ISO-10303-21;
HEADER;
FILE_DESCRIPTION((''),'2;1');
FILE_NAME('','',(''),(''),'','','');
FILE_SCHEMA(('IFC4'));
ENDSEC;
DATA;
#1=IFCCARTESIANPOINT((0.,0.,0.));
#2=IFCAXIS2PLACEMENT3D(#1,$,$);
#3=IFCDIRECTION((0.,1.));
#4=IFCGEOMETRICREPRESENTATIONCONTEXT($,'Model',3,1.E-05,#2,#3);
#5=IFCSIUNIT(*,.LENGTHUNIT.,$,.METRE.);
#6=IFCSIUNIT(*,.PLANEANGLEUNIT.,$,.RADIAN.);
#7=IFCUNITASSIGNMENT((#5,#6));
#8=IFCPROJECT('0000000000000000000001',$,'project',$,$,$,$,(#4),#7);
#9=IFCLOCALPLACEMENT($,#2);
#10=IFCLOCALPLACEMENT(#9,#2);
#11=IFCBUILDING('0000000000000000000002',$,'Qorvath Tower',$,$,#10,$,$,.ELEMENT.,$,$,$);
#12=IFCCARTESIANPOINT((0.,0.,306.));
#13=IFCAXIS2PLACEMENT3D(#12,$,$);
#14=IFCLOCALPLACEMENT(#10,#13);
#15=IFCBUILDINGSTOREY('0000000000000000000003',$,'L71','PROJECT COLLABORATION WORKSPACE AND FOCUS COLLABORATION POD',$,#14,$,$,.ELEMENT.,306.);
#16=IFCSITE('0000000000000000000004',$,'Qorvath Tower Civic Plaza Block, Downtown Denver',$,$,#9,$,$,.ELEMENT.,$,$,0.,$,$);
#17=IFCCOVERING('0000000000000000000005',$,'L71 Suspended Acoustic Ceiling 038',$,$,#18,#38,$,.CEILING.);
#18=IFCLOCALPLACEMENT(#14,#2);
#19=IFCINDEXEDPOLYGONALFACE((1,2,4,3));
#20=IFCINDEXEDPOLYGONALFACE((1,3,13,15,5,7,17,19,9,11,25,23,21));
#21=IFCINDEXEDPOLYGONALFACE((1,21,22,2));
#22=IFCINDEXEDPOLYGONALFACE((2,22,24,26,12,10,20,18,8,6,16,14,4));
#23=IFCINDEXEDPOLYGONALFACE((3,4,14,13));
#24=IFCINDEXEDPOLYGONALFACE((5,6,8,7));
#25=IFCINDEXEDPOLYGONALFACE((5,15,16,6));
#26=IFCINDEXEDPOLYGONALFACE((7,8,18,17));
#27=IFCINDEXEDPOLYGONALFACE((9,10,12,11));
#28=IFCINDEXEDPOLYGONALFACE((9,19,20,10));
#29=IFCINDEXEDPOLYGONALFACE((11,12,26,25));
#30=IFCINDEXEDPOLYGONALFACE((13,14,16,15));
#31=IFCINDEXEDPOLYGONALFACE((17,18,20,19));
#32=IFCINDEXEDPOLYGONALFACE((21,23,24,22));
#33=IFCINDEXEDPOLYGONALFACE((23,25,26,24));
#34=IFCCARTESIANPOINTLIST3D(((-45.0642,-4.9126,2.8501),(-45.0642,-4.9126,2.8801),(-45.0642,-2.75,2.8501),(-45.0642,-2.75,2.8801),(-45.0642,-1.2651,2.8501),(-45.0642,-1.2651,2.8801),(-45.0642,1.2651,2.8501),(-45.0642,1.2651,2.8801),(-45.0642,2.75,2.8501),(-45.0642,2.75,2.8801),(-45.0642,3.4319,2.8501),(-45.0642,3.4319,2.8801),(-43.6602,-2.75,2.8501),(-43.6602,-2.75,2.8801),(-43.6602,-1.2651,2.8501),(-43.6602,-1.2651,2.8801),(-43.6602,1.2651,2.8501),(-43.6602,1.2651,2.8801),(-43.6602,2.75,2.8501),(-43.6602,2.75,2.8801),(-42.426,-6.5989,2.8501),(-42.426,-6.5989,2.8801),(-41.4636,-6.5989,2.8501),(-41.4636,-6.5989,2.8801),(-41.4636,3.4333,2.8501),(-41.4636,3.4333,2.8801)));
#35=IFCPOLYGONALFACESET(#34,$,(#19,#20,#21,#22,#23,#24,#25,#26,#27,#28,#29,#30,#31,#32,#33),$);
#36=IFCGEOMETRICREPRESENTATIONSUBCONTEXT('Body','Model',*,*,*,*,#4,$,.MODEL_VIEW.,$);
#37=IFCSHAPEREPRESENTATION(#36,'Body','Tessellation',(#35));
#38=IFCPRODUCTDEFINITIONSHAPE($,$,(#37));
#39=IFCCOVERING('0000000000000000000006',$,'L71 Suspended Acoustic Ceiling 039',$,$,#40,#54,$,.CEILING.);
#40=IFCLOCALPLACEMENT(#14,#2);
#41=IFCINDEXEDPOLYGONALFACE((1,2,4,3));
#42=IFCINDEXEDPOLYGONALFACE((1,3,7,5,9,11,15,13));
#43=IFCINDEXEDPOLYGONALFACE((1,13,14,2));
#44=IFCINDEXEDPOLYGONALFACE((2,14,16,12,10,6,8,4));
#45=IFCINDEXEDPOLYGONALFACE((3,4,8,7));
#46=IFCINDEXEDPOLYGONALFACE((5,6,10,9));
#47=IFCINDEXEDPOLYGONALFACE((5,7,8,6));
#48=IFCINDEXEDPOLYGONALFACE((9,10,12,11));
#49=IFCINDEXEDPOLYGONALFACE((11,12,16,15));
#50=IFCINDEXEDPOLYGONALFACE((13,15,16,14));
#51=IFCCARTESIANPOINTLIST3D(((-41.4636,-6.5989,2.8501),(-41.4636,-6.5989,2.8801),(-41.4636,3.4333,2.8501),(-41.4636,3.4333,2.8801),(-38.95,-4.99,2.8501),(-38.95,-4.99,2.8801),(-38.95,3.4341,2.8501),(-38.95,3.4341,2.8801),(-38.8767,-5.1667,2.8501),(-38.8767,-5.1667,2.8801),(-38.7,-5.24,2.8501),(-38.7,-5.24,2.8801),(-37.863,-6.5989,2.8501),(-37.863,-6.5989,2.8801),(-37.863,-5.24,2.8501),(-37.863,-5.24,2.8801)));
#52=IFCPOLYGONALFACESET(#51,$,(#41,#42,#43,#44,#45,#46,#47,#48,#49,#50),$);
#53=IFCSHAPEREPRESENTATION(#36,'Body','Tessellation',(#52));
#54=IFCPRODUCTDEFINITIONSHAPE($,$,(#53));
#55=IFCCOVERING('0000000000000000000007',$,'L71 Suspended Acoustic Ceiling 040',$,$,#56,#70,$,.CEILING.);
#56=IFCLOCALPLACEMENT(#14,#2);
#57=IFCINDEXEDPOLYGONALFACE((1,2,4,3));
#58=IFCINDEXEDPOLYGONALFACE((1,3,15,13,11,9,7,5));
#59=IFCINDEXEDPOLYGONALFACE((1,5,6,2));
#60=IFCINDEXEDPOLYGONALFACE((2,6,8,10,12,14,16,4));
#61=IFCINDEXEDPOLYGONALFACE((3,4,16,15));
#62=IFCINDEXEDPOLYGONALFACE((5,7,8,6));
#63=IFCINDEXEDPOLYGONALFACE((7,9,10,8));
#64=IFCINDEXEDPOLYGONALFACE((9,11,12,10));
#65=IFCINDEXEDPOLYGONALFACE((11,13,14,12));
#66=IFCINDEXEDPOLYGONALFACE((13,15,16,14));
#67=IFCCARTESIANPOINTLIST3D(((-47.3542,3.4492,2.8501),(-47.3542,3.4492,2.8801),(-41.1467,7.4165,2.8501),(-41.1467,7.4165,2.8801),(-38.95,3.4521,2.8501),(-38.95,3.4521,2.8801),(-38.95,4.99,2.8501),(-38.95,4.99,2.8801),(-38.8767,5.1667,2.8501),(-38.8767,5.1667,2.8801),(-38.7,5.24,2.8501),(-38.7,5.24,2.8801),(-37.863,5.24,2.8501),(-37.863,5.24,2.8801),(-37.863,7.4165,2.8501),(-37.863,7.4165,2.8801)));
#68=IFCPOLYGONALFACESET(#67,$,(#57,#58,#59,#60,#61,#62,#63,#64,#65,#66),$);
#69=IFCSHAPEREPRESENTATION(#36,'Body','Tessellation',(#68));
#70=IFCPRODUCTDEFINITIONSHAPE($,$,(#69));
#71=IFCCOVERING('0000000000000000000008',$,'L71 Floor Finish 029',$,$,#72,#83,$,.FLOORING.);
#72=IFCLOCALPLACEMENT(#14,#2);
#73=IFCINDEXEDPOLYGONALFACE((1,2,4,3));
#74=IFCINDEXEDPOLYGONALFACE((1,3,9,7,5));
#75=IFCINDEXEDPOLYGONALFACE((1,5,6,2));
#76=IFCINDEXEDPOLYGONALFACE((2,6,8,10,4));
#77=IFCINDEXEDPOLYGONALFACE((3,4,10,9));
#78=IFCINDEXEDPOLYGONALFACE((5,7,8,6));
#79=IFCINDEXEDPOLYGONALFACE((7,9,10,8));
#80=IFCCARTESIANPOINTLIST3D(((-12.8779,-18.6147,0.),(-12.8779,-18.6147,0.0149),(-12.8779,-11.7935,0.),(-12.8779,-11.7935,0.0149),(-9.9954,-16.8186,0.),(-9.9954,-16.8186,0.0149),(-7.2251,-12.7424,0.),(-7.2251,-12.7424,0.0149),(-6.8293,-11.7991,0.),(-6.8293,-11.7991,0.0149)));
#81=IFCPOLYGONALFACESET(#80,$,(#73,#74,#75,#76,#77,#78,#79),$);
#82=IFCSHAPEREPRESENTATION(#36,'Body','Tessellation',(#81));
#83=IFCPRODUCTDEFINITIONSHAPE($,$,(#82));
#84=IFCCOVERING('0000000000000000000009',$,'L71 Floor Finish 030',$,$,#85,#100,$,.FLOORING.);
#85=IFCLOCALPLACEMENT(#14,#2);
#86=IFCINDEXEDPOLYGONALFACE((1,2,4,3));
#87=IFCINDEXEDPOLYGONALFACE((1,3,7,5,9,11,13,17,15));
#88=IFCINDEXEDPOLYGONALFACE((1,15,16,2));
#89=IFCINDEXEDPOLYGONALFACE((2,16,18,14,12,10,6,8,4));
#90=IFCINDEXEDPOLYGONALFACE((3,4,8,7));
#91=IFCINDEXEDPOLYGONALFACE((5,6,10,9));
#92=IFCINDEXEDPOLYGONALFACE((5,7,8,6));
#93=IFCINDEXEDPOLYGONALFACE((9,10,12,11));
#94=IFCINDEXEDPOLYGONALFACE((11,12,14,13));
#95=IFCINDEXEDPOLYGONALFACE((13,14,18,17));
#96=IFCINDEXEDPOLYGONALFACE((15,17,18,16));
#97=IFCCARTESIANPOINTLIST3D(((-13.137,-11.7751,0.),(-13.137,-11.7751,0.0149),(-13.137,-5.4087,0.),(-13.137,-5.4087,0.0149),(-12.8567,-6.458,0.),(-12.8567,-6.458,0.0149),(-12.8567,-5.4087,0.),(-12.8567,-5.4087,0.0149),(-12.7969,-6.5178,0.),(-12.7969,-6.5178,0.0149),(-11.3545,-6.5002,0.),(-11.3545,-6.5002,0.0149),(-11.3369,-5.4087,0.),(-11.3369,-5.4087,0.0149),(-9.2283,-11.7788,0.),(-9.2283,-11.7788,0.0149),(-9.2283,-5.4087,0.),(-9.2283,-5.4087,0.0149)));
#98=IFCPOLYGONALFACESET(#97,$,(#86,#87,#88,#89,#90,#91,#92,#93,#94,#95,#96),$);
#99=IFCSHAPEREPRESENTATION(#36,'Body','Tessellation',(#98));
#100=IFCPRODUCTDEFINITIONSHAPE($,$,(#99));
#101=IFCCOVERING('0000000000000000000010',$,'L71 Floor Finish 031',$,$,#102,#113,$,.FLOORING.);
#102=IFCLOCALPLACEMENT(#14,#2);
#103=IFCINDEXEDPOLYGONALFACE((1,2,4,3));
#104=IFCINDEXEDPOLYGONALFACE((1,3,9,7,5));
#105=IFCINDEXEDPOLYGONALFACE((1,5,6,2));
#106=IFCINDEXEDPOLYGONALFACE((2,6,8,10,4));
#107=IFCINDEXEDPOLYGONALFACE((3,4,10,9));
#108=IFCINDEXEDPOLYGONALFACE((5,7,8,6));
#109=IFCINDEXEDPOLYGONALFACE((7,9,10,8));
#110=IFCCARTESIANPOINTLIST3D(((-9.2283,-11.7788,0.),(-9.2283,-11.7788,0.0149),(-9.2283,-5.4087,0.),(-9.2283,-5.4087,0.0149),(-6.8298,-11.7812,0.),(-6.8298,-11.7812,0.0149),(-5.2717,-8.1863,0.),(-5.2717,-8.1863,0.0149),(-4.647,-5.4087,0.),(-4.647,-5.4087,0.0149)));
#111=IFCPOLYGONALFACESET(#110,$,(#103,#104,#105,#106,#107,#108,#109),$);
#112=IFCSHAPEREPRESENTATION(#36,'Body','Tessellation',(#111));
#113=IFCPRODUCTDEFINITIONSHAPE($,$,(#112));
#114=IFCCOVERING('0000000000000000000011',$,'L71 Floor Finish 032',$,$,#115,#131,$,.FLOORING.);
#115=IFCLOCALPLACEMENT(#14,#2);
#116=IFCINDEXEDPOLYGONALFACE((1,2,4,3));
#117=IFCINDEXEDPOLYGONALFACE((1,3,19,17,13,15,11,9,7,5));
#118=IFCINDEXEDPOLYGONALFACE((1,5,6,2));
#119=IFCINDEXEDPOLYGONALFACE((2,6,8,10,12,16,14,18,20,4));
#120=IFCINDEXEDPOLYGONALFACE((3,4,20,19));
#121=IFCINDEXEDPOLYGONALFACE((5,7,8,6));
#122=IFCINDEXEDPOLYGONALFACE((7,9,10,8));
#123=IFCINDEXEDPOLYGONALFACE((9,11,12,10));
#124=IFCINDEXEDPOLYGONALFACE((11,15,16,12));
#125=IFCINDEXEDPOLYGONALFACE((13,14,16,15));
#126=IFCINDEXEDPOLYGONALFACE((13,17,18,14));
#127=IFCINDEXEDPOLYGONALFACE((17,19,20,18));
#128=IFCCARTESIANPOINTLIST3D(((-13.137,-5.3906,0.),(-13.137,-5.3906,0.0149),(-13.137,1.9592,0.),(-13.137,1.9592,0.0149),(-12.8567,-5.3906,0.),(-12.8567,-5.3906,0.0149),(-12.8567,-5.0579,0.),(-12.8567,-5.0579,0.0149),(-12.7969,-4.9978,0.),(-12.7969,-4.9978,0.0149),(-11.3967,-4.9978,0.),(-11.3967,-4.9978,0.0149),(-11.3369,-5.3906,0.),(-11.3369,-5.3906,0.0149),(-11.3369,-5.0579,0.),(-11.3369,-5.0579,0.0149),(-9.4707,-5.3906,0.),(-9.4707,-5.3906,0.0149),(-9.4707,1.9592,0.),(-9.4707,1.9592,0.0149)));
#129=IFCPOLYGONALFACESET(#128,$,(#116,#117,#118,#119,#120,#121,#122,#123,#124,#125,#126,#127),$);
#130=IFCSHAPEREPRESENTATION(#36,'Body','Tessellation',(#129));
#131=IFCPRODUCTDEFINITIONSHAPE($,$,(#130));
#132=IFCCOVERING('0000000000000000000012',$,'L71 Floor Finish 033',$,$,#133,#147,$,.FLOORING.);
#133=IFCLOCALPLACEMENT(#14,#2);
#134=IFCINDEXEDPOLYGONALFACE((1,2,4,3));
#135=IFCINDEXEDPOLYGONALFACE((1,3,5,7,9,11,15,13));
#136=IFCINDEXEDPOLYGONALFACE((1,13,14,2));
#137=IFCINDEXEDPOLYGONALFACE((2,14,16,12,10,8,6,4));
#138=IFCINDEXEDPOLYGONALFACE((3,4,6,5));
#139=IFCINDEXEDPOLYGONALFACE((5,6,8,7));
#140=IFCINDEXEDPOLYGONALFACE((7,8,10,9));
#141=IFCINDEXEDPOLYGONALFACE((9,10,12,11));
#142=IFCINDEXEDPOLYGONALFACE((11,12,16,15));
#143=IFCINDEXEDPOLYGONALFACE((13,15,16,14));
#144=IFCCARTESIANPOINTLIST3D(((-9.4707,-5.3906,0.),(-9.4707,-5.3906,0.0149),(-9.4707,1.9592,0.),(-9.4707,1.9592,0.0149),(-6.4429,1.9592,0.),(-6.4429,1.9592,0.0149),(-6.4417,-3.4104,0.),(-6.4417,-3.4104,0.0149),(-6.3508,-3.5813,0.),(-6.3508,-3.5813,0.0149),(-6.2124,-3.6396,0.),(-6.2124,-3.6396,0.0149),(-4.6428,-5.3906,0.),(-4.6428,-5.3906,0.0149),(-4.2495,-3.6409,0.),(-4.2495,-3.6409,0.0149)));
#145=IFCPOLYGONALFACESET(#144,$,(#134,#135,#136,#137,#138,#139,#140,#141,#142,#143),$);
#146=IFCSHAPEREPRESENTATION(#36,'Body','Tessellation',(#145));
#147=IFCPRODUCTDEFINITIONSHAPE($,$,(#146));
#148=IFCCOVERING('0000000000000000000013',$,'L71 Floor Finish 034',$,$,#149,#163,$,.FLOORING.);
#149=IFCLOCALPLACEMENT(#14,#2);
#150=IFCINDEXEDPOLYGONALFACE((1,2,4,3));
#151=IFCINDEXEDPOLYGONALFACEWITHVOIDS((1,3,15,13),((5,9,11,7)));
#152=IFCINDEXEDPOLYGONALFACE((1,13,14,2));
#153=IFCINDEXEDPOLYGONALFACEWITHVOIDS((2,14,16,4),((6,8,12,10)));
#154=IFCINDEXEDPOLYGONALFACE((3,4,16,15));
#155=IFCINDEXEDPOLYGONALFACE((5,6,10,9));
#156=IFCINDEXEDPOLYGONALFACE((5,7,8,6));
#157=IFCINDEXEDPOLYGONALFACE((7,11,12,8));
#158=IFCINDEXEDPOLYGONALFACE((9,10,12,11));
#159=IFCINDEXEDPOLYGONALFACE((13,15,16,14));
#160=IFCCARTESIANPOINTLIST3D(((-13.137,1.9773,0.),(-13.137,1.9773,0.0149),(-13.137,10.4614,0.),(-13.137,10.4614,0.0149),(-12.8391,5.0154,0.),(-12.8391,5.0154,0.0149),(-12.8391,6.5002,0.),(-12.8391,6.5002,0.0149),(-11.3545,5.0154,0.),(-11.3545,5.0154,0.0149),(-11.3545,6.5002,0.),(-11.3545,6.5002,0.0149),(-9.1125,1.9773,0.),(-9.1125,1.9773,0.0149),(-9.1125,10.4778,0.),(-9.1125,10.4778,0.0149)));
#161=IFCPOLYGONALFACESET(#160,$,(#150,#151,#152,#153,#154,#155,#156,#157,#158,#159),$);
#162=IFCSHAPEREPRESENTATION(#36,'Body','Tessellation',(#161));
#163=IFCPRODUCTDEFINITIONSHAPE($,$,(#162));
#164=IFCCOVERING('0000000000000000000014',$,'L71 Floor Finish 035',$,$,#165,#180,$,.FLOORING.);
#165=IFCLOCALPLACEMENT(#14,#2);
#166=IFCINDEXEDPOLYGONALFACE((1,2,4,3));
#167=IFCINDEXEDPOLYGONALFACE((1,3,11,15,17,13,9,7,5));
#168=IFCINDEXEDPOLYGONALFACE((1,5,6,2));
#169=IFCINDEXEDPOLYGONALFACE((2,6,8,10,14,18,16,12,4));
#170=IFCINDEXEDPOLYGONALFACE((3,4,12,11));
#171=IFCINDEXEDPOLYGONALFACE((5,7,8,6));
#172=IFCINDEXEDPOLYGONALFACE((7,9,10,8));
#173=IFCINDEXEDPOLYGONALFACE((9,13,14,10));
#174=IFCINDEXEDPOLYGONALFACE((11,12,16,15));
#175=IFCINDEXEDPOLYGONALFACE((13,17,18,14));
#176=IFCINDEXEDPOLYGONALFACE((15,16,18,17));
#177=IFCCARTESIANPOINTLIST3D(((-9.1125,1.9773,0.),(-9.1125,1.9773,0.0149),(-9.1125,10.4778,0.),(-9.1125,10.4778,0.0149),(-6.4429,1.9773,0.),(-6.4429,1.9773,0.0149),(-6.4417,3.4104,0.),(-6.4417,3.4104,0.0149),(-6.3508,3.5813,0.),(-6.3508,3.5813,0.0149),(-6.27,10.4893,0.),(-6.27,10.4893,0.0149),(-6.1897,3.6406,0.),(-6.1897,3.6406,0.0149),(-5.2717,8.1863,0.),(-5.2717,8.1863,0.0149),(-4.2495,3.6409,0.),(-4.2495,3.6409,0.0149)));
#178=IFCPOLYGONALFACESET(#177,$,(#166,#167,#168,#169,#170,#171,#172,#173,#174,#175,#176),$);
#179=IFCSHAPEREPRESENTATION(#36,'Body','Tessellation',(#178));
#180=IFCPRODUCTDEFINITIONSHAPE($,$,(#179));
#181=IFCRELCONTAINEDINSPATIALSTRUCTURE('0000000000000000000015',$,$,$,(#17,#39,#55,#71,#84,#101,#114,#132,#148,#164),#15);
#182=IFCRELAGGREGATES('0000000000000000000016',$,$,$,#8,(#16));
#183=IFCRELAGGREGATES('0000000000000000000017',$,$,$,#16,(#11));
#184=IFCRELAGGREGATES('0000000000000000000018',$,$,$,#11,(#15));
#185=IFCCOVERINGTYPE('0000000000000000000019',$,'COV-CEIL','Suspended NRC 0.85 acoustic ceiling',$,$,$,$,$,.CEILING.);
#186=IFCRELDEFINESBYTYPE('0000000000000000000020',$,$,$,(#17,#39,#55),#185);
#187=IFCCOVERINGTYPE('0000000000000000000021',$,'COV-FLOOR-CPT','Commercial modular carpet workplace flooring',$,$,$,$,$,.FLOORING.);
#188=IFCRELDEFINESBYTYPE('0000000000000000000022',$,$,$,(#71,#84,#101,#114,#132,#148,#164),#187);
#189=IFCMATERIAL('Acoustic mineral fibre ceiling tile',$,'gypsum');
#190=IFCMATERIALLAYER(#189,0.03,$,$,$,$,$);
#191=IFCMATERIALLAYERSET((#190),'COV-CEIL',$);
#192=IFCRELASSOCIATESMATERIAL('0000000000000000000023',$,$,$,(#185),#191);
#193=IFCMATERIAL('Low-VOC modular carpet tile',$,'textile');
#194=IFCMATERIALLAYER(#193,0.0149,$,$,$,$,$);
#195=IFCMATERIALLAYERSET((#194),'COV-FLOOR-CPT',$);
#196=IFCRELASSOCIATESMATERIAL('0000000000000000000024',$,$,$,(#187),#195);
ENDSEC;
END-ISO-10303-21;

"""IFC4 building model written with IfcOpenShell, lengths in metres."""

from ifc_helpers import new_model, si_unit, direction, frame, origin, place, context, subcontext, project, spatial, polyline, outline, extrude, material, layer, layer_set, type_object, element, save


model = new_model("IFC4")

# Units and contexts
model_context = context("Model", 3, precision=1e-05, world=origin(), true_north=direction((0.0, 1.0)))
body_context = subcontext(model_context, "Body", "Model", "MODEL_VIEW")
ifc_project = project(units=[si_unit("LENGTHUNIT", "METRE"), si_unit("PLANEANGLEUNIT", "RADIAN")], contexts=[model_context])

# Site, building, storey
site_placement = place(None, origin())
site = spatial("IfcSite", under=ifc_project, at=site_placement, Name="Qorvath Tower Civic Plaza Block, Downtown Denver", CompositionType="ELEMENT", RefElevation=0.0)
building_placement = place(site_placement, origin())
building = spatial("IfcBuilding", under=site, at=building_placement, Name="Qorvath Tower", CompositionType="ELEMENT")
storey_placement = place(building_placement, frame((0.0, 0.0, 306.0)))
storey = spatial("IfcBuildingStorey", under=building, at=storey_placement, Name="L71", Description="PROJECT COLLABORATION WORKSPACE AND FOCUS COLLABORATION POD", CompositionType="ELEMENT", Elevation=306.0)

# Coverings
ifc_material_1 = material(Name="Acoustic mineral fibre ceiling tile", Category="gypsum")
ifc_layer_1 = layer(ifc_material_1, 0.03)
ifc_layer_set_1 = layer_set([ifc_layer_1], Name="COV-CEIL")
covering_type_1 = type_object("IfcCoveringType", Name="COV-CEIL", Description="Suspended NRC 0.85 acoustic ceiling", PredefinedType="CEILING", material=ifc_layer_set_1)
covering_1_placement = place(storey_placement, frame((0.0, 0.0, 2.8501)))
element("IfcCovering", 1, at=covering_1_placement, inside=storey, type_object=covering_type_1, Name="L71 Suspended Acoustic Ceiling 038", PredefinedType="CEILING", context=body_context, shape_type="SweptSolid", body=[
    extrude(outline(polyline([(-45.0642, 3.4319), (-45.0642, 2.75), (-43.6602, 2.75), (-43.6602, 1.2651), (-45.0642, 1.2651), (-45.0642, -1.2651), (-43.6602, -1.2651), (-43.6602, -2.75), (-45.0642, -2.75), (-45.0642, -4.9126), (-42.426, -6.5989), (-41.4636, -6.5989), (-41.4636, 3.4333), (-45.0642, 3.4319)])), origin(), (0.0, 0.0, 1.0), 0.03),
])
covering_2_placement = place(storey_placement, frame((0.0, 0.0, 2.8501)))
element("IfcCovering", 2, at=covering_2_placement, inside=storey, type_object=covering_type_1, Name="L71 Suspended Acoustic Ceiling 039", PredefinedType="CEILING", context=body_context, shape_type="SweptSolid", body=[
    extrude(outline(polyline([(-41.4636, 3.4333), (-41.4636, -6.5989), (-37.863, -6.5989), (-37.863, -5.24), (-38.7, -5.24), (-38.8767, -5.1667), (-38.95, -4.99), (-38.95, 3.4341), (-41.4636, 3.4333)])), origin(), (0.0, 0.0, 1.0), 0.03),
])
covering_3_placement = place(storey_placement, frame((0.0, 0.0, 2.8501)))
element("IfcCovering", 3, at=covering_3_placement, inside=storey, type_object=covering_type_1, Name="L71 Suspended Acoustic Ceiling 040", PredefinedType="CEILING", context=body_context, shape_type="SweptSolid", body=[
    extrude(outline(polyline([(-38.95, 3.4521), (-38.95, 4.99), (-38.8767, 5.1667), (-38.7, 5.24), (-37.863, 5.24), (-37.863, 7.4165), (-41.1467, 7.4165), (-47.3542, 3.4492), (-38.95, 3.4521)])), origin(), (0.0, 0.0, 1.0), 0.03),
])
ifc_material_2 = material(Name="Low-VOC modular carpet tile", Category="textile")
ifc_layer_2 = layer(ifc_material_2, 0.0149)
ifc_layer_set_2 = layer_set([ifc_layer_2], Name="COV-FLOOR-CPT")
covering_type_2 = type_object("IfcCoveringType", Name="COV-FLOOR-CPT", Description="Commercial modular carpet workplace flooring", PredefinedType="FLOORING", material=ifc_layer_set_2)
covering_4_placement = place(storey_placement, origin())
element("IfcCovering", 4, at=covering_4_placement, inside=storey, type_object=covering_type_2, Name="L71 Floor Finish 029", PredefinedType="FLOORING", context=body_context, shape_type="SweptSolid", body=[
    extrude(outline(polyline([(-12.8779, -11.7935), (-12.8779, -18.6147), (-9.9954, -16.8186), (-7.2251, -12.7424), (-6.8293, -11.7991), (-12.8779, -11.7935)])), origin(), (0.0, 0.0, 1.0), 0.0149),
])
covering_5_placement = place(storey_placement, origin())
element("IfcCovering", 5, at=covering_5_placement, inside=storey, type_object=covering_type_2, Name="L71 Floor Finish 030", PredefinedType="FLOORING", context=body_context, shape_type="SweptSolid", body=[
    extrude(outline(polyline([(-13.137, -5.4087), (-13.137, -11.7751), (-9.2283, -11.7788), (-9.2283, -5.4087), (-11.3369, -5.4087), (-11.3545, -6.5002), (-12.7969, -6.5178), (-12.8567, -6.458), (-12.8567, -5.4087), (-13.137, -5.4087)])), origin(), (0.0, 0.0, 1.0), 0.0149),
])
covering_6_placement = place(storey_placement, origin())
element("IfcCovering", 6, at=covering_6_placement, inside=storey, type_object=covering_type_2, Name="L71 Floor Finish 031", PredefinedType="FLOORING", context=body_context, shape_type="SweptSolid", body=[
    extrude(outline(polyline([(-9.2283, -5.4087), (-9.2283, -11.7788), (-6.8298, -11.7812), (-5.2717, -8.1863), (-4.647, -5.4087), (-9.2283, -5.4087)])), origin(), (0.0, 0.0, 1.0), 0.0149),
])
covering_7_placement = place(storey_placement, origin())
element("IfcCovering", 7, at=covering_7_placement, inside=storey, type_object=covering_type_2, Name="L71 Floor Finish 032", PredefinedType="FLOORING", context=body_context, shape_type="SweptSolid", body=[
    extrude(outline(polyline([(-9.4707, -5.3906), (-9.4707, 1.9592), (-13.137, 1.9592), (-13.137, -5.3906), (-12.8567, -5.3906), (-12.8567, -5.0579), (-12.7969, -4.9978), (-11.3967, -4.9978), (-11.3369, -5.0579), (-11.3369, -5.3906), (-9.4707, -5.3906)])), origin(), (0.0, 0.0, 1.0), 0.0149),
])
covering_8_placement = place(storey_placement, origin())
element("IfcCovering", 8, at=covering_8_placement, inside=storey, type_object=covering_type_2, Name="L71 Floor Finish 033", PredefinedType="FLOORING", context=body_context, shape_type="SweptSolid", body=[
    extrude(outline(polyline([(-6.3508, -3.5813), (-6.4417, -3.4104), (-6.4429, 1.9592), (-9.4707, 1.9592), (-9.4707, -5.3906), (-4.6428, -5.3906), (-4.2495, -3.6409), (-6.2124, -3.6396), (-6.3508, -3.5813)])), origin(), (0.0, 0.0, 1.0), 0.0149),
])
covering_9_placement = place(storey_placement, origin())
element("IfcCovering", 9, at=covering_9_placement, inside=storey, type_object=covering_type_2, Name="L71 Floor Finish 034", PredefinedType="FLOORING", context=body_context, shape_type="SweptSolid", body=[
    extrude(outline(polyline([(-9.1125, 1.9773), (-9.1125, 10.4778), (-13.137, 10.4614), (-13.137, 1.9773), (-9.1125, 1.9773)]), holes=[polyline([(-12.8391, 5.0154), (-12.8391, 6.5002), (-11.3545, 6.5002), (-11.3545, 5.0154), (-12.8391, 5.0154)])]), origin(), (0.0, 0.0, 1.0), 0.0149),
])
covering_10_placement = place(storey_placement, origin())
element("IfcCovering", 10, at=covering_10_placement, inside=storey, type_object=covering_type_2, Name="L71 Floor Finish 035", PredefinedType="FLOORING", context=body_context, shape_type="SweptSolid", body=[
    extrude(outline(polyline([(-6.1897, 3.6406), (-4.2495, 3.6409), (-5.2717, 8.1863), (-6.27, 10.4893), (-9.1125, 10.4778), (-9.1125, 1.9773), (-6.4429, 1.9773), (-6.4417, 3.4104), (-6.3508, 3.5813), (-6.1897, 3.6406)])), origin(), (0.0, 0.0, 1.0), 0.0149),
])

save(model, "model.ifc")
